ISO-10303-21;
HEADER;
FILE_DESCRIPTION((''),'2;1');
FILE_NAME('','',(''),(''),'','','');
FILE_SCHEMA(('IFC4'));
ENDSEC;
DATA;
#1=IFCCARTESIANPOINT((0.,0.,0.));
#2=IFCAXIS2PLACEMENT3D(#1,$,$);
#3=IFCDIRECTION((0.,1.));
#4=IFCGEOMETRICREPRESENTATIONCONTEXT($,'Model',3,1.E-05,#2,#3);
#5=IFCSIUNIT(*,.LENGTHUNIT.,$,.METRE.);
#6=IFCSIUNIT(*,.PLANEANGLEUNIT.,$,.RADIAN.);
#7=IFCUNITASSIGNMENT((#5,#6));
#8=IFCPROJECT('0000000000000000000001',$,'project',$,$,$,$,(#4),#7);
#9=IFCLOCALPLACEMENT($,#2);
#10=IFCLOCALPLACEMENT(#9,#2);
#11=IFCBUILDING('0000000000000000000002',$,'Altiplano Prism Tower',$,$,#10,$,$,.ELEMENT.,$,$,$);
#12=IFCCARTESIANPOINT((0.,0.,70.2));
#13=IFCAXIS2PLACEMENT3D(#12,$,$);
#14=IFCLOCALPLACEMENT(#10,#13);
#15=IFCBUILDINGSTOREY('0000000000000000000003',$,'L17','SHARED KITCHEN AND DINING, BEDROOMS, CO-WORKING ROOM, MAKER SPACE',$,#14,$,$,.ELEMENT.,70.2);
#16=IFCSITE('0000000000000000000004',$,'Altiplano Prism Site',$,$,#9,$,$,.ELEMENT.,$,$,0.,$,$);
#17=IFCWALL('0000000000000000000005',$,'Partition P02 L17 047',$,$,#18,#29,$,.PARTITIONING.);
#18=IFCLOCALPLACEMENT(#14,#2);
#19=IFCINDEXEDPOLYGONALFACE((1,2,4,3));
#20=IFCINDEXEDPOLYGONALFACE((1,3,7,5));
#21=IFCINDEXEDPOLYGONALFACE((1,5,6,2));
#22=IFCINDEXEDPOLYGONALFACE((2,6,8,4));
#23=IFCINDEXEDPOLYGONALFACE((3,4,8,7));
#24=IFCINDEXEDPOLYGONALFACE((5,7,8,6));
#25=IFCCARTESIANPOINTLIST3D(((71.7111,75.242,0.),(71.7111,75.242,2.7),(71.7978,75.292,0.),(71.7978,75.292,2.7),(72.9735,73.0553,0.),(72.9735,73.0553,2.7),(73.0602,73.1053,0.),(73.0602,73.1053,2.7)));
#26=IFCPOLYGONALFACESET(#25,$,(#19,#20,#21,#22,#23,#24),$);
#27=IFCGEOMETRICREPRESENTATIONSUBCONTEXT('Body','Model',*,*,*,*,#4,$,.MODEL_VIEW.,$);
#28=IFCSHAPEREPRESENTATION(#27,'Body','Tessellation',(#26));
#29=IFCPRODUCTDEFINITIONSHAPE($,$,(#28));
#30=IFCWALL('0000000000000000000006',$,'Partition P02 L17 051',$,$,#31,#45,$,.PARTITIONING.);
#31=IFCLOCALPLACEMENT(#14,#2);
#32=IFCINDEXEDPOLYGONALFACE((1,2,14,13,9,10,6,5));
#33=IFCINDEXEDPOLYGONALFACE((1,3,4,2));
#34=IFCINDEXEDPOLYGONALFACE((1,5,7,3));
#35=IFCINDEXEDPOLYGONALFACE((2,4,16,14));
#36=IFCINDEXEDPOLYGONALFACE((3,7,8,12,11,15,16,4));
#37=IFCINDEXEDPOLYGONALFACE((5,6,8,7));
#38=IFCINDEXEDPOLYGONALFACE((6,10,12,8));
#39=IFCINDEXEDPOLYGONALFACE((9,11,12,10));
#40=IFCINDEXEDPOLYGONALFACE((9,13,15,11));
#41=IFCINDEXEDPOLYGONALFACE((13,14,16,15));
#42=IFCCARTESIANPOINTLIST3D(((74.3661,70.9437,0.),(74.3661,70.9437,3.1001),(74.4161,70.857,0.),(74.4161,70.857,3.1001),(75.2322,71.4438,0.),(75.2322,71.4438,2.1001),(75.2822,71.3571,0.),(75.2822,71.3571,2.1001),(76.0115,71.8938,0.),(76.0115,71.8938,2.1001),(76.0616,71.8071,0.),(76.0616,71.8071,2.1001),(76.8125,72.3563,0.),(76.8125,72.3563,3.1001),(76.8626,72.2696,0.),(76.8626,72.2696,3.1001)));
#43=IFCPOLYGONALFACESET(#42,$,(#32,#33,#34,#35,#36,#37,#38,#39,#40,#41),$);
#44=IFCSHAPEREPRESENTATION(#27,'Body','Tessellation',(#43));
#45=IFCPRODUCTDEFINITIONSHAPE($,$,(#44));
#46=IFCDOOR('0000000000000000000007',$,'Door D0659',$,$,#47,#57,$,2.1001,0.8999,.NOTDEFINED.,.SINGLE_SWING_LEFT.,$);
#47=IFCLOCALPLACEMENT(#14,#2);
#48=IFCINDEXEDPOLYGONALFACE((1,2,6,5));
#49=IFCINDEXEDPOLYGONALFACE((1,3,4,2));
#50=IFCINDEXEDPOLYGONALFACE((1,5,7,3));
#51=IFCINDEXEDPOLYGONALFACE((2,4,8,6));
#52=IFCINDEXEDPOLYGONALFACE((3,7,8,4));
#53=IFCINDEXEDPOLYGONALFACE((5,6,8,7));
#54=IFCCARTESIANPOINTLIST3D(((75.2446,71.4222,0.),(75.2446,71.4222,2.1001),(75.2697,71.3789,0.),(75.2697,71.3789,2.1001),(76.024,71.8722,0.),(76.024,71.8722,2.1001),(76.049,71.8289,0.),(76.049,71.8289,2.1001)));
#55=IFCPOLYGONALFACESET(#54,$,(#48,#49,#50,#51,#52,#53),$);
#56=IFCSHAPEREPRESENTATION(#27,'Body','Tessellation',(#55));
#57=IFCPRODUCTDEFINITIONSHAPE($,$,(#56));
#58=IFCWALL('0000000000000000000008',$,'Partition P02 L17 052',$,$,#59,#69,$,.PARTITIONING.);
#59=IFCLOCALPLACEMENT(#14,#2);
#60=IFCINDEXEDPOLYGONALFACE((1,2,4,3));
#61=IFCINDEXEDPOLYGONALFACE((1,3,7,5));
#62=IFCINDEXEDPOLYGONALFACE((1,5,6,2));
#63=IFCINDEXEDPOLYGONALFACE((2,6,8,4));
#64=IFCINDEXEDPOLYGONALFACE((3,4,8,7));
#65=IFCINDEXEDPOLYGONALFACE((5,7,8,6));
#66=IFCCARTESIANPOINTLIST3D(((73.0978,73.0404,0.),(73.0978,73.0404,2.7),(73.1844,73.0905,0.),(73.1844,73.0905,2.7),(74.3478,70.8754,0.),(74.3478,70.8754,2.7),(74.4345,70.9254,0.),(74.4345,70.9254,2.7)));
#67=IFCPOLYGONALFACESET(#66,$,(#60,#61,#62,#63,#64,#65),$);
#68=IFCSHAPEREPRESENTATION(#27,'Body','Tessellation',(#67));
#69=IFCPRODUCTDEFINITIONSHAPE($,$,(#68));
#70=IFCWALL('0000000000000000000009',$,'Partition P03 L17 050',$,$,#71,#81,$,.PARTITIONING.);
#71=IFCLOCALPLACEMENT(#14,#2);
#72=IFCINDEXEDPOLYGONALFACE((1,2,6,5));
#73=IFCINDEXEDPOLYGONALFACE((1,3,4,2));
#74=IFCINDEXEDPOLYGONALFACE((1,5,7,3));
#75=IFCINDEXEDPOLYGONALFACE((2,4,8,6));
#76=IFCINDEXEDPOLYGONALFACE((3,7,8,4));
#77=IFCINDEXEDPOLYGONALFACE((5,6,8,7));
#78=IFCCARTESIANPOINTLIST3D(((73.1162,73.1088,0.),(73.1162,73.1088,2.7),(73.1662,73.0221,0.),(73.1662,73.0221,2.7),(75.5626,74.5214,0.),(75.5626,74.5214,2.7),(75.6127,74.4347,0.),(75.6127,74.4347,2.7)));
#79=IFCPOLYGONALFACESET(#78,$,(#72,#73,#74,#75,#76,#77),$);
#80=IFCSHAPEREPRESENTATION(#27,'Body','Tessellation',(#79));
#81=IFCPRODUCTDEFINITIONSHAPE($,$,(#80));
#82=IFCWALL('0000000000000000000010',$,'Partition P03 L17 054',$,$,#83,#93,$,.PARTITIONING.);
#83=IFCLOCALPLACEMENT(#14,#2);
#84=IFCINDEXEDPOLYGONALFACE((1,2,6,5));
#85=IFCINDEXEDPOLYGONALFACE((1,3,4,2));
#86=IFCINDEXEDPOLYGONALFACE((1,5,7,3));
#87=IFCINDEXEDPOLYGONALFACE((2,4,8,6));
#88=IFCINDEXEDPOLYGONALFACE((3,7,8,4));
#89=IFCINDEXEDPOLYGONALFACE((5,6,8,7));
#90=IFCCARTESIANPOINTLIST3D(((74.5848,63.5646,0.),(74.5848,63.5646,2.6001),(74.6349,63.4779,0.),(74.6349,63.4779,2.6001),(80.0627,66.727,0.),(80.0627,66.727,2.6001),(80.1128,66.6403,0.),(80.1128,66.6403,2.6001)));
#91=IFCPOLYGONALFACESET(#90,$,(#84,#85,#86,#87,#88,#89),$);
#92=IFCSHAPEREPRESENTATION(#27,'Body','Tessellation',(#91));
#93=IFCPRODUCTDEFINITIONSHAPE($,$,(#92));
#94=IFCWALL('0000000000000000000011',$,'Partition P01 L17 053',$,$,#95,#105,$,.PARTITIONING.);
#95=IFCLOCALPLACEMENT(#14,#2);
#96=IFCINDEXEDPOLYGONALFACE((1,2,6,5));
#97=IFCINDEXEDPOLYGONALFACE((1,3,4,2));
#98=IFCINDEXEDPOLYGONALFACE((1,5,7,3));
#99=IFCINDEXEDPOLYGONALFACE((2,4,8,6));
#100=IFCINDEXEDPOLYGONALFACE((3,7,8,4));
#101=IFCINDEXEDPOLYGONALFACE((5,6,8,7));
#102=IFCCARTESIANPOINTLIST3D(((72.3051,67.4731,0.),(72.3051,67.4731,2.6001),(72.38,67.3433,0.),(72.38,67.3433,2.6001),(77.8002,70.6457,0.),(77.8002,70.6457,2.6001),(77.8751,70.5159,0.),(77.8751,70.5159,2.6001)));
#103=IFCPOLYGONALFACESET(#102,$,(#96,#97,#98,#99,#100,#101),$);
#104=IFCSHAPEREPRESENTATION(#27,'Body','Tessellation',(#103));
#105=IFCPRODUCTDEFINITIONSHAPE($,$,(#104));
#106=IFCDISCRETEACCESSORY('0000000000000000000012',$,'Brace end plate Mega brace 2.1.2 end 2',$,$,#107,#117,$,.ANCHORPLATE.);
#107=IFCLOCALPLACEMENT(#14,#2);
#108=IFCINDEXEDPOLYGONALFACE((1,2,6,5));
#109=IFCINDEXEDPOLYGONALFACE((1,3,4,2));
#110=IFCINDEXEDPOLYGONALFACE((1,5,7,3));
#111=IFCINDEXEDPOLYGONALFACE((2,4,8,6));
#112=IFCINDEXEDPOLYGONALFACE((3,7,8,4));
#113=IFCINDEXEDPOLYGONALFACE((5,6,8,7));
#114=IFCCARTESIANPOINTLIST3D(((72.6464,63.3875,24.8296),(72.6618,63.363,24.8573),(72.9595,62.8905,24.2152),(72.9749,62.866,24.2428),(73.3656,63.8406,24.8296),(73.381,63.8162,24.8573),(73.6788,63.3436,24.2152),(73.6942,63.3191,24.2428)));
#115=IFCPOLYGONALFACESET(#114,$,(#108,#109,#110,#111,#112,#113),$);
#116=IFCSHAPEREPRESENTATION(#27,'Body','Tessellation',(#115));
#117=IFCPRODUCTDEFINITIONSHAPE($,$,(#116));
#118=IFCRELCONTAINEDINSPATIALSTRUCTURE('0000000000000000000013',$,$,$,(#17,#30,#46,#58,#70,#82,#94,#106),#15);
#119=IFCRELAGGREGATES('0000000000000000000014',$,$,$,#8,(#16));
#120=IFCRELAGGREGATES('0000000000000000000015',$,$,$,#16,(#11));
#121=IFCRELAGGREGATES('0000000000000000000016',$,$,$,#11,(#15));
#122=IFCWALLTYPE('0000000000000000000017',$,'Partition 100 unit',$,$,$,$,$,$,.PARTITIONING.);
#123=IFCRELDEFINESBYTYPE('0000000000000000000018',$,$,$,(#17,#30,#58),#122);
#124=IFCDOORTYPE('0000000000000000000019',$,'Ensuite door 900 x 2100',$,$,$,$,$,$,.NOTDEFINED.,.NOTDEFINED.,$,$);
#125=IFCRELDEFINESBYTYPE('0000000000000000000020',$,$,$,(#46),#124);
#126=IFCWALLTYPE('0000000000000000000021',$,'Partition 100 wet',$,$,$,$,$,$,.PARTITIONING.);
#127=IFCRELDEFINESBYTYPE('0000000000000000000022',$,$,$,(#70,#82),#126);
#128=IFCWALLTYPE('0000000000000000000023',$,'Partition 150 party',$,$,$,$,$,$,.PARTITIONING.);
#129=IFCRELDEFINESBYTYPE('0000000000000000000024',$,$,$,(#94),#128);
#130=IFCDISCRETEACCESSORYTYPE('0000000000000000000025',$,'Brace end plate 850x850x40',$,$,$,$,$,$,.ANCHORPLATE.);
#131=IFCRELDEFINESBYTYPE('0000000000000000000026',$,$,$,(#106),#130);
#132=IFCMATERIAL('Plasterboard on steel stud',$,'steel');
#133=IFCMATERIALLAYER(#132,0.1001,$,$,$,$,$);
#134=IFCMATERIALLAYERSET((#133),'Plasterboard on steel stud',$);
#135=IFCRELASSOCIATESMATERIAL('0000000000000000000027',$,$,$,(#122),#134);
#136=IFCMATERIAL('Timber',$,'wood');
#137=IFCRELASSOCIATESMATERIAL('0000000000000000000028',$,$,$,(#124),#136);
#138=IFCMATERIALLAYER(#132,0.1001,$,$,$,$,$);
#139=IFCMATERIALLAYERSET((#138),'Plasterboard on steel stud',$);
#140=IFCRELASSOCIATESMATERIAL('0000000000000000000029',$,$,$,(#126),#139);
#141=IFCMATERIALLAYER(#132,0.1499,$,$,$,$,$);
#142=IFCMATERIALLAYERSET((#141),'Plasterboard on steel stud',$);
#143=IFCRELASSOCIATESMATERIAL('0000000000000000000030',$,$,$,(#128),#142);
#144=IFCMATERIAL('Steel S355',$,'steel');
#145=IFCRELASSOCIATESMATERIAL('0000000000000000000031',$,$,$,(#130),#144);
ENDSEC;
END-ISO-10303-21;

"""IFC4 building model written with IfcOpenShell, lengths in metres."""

from ifc_helpers import new_model, si_unit, direction, frame, frame_2d, origin, origin_2d, place, context, subcontext, project, spatial, rectangle, extrude, material, layer, layer_set, material_profile, profile_set, type_object, element, fill, save


model = new_model("IFC4")

# Units and contexts
model_context = context("Model", 3, precision=1e-05, world=origin(), true_north=direction((0.0, 1.0)))
body_context = subcontext(model_context, "Body", "Model", "MODEL_VIEW")
ifc_project = project(units=[si_unit("LENGTHUNIT", "METRE"), si_unit("PLANEANGLEUNIT", "RADIAN")], contexts=[model_context])

# Site, building, storey
site_placement = place(None, origin())
site = spatial("IfcSite", under=ifc_project, at=site_placement, Name="Altiplano Prism Site", CompositionType="ELEMENT", RefElevation=0.0)
building_placement = place(site_placement, origin())
building = spatial("IfcBuilding", under=site, at=building_placement, Name="Altiplano Prism Tower", CompositionType="ELEMENT")
storey_placement = place(building_placement, frame((0.0, 0.0, 70.2)))
storey = spatial("IfcBuildingStorey", under=building, at=storey_placement, Name="L17", Description="SHARED KITCHEN AND DINING, BEDROOMS, CO-WORKING ROOM, MAKER SPACE", CompositionType="ELEMENT", Elevation=70.2)

# Shared definitions
ifc_material_1 = material(Name="Steel S355", Category="steel")

# Wall
ifc_material_2 = material(Name="Plasterboard on steel stud", Category="steel")
ifc_layer_1 = layer(ifc_material_2, 0.1001)
ifc_layer_set_1 = layer_set([ifc_layer_1], Name="Plasterboard on steel stud")
wall_type_1 = type_object("IfcWallType", Name="Partition 100 unit", PredefinedType="PARTITIONING", material=ifc_layer_set_1)
wall_1_placement = place(storey_placement, frame((73.0168, 73.0803, 0.0), z_axis=(0.0, 0.0, 1.0), x_axis=(-0.499976, 0.866039, 0.0)))
element("IfcWall", 1, at=wall_1_placement, inside=storey, type_object=wall_type_1, Name="Partition P02 L17 047", PredefinedType="PARTITIONING", context=body_context, shape_type="SweptSolid", body=[
    extrude(rectangle(XDim=2.5249, YDim=0.1001, at=frame_2d((1.2625, 0.0))), origin(), (0.0, 0.0, 1.0), 2.7),
])

# Wall, opening, door
wall_2_placement = place(storey_placement, frame((76.8376, 72.313, 0.0), z_axis=(0.0, 0.0, 1.0), x_axis=(-0.866011, -0.500024, 0.0)))
wall_2 = element("IfcWall", 2, at=wall_2_placement, inside=storey, type_object=wall_type_1, Name="Partition P02 L17 051", PredefinedType="PARTITIONING", context=body_context, shape_type="SweptSolid", body=[
    extrude(rectangle(XDim=2.825, YDim=0.1001, at=frame_2d((1.4126, 0.0))), origin(), (0.0, 0.0, 1.0), 3.1001),
])
opening_placement = place(wall_2_placement, frame((0.925, 0.0, 0.0)))
opening = element("IfcOpeningElement", 3, at=opening_placement, cuts=wall_2, PredefinedType="OPENING", context=body_context, shape_type="SweptSolid", body=[
    extrude(rectangle(XDim=0.8999, YDim=2.1001, at=frame_2d((0.45, 1.05))), frame((0.0, 0.0605, 0.0), z_axis=(0.0, -1.0, 0.0), x_axis=(1.0, 0.0, 0.0)), (0.0, 0.0, 1.0), 0.1211),
])
ifc_material_3 = material(Name="Timber", Category="wood")
door_type = type_object("IfcDoorType", Name="Ensuite door 900 x 2100", OperationType="NOTDEFINED", PredefinedType="NOTDEFINED", material=ifc_material_3)
door_placement = place(opening_placement, origin())
door = element("IfcDoor", 4, at=door_placement, inside=storey, type_object=door_type, Name="Door D0659", OperationType="SINGLE_SWING_LEFT", OverallHeight=2.1001, OverallWidth=0.8999, PredefinedType="NOTDEFINED", context=body_context, shape_type="SweptSolid", body=[
    extrude(rectangle(XDim=0.8999, YDim=2.1001, at=frame_2d((0.45, 1.05))), frame((0.0, 0.0249, 0.0), z_axis=(0.0, -1.0, 0.0), x_axis=(1.0, 0.0, 0.0)), (0.0, 0.0, 1.0), 0.05),
])
fill(opening, door)

# Walls
wall_3_placement = place(storey_placement, frame((74.3911, 70.9004, 0.0), z_axis=(0.0, 0.0, 1.0), x_axis=(-0.500004, 0.866023, 0.0)))
element("IfcWall", 5, at=wall_3_placement, inside=storey, type_object=wall_type_1, Name="Partition P02 L17 052", PredefinedType="PARTITIONING", context=body_context, shape_type="SweptSolid", body=[
    extrude(rectangle(XDim=2.5, YDim=0.1001, at=frame_2d((1.25, 0.0))), origin(), (0.0, 0.0, 1.0), 2.7),
])
ifc_layer_2 = layer(ifc_material_2, 0.1001)
ifc_layer_set_2 = layer_set([ifc_layer_2], Name="Plasterboard on steel stud")
wall_type_2 = type_object("IfcWallType", Name="Partition 100 wet", PredefinedType="PARTITIONING", material=ifc_layer_set_2)
wall_4_placement = place(storey_placement, frame((73.1411, 73.0654, 0.0), z_axis=(0.0, 0.0, 1.0), x_axis=(0.866011, 0.500024, 0.0)))
element("IfcWall", 6, at=wall_4_placement, inside=storey, type_object=wall_type_2, Name="Partition P03 L17 050", PredefinedType="PARTITIONING", context=body_context, shape_type="SweptSolid", body=[
    extrude(rectangle(XDim=2.825, YDim=0.1001, at=frame_2d((1.4126, 0.0))), origin(), (0.0, 0.0, 1.0), 2.7),
])
wall_5_placement = place(storey_placement, frame((74.6099, 63.5212, 0.0), z_axis=(0.0, 0.0, 1.0), x_axis=(0.866042, 0.499971, 0.0)))
element("IfcWall", 7, at=wall_5_placement, inside=storey, type_object=wall_type_2, Name="Partition P03 L17 054", PredefinedType="PARTITIONING", context=body_context, shape_type="SweptSolid", body=[
    extrude(rectangle(XDim=6.3252, YDim=0.1001, at=frame_2d((3.1626, 0.0))), origin(), (0.0, 0.0, 1.0), 2.6001),
])
ifc_layer_3 = layer(ifc_material_2, 0.1499)
ifc_layer_set_3 = layer_set([ifc_layer_3], Name="Plasterboard on steel stud")
wall_type_3 = type_object("IfcWallType", Name="Partition 150 party", PredefinedType="PARTITIONING", material=ifc_layer_set_3)
wall_6_placement = place(storey_placement, frame((72.3425, 67.4082, 0.0), z_axis=(0.0, 0.0, 1.0), x_axis=(0.866025, 0.5, 0.0)))
element("IfcWall", 8, at=wall_6_placement, inside=storey, type_object=wall_type_3, Name="Partition P01 L17 053", PredefinedType="PARTITIONING", context=body_context, shape_type="SweptSolid", body=[
    extrude(rectangle(XDim=6.3452, YDim=0.1499, at=frame_2d((3.1726, 0.0))), origin(), (0.0, 0.0, 1.0), 2.6001),
])

# Discrete accessory
ifc_material_profile_1 = material_profile(ifc_material_1, rectangle(XDim=0.8501, YDim=0.8501, at=origin_2d()), Name="Brace end plate 850x850x40")
ifc_profile_set_1 = profile_set([ifc_material_profile_1], Name="Steel S355")
discrete_accessory_type = type_object("IfcDiscreteAccessoryType", Name="Brace end plate 850x850x40", PredefinedType="ANCHORPLATE", material=ifc_profile_set_1)
discrete_accessory_placement = place(storey_placement, frame((73.178, 63.3411, 24.55), z_axis=(-0.38528, 0.611555, -0.691057), x_axis=(-0.846092, -0.533038, 0.0)))
element("IfcDiscreteAccessory", 9, at=discrete_accessory_placement, inside=storey, type_object=discrete_accessory_type, Name="Brace end plate Mega brace 2.1.2 end 2", PredefinedType="ANCHORPLATE", context=body_context, shape_type="SweptSolid", body=[
    extrude(rectangle(XDim=0.8501, YDim=0.8501, at=origin_2d()), origin(), (0.0, 0.0, 1.0), 0.04),
])

save(model, "model.ifc")
